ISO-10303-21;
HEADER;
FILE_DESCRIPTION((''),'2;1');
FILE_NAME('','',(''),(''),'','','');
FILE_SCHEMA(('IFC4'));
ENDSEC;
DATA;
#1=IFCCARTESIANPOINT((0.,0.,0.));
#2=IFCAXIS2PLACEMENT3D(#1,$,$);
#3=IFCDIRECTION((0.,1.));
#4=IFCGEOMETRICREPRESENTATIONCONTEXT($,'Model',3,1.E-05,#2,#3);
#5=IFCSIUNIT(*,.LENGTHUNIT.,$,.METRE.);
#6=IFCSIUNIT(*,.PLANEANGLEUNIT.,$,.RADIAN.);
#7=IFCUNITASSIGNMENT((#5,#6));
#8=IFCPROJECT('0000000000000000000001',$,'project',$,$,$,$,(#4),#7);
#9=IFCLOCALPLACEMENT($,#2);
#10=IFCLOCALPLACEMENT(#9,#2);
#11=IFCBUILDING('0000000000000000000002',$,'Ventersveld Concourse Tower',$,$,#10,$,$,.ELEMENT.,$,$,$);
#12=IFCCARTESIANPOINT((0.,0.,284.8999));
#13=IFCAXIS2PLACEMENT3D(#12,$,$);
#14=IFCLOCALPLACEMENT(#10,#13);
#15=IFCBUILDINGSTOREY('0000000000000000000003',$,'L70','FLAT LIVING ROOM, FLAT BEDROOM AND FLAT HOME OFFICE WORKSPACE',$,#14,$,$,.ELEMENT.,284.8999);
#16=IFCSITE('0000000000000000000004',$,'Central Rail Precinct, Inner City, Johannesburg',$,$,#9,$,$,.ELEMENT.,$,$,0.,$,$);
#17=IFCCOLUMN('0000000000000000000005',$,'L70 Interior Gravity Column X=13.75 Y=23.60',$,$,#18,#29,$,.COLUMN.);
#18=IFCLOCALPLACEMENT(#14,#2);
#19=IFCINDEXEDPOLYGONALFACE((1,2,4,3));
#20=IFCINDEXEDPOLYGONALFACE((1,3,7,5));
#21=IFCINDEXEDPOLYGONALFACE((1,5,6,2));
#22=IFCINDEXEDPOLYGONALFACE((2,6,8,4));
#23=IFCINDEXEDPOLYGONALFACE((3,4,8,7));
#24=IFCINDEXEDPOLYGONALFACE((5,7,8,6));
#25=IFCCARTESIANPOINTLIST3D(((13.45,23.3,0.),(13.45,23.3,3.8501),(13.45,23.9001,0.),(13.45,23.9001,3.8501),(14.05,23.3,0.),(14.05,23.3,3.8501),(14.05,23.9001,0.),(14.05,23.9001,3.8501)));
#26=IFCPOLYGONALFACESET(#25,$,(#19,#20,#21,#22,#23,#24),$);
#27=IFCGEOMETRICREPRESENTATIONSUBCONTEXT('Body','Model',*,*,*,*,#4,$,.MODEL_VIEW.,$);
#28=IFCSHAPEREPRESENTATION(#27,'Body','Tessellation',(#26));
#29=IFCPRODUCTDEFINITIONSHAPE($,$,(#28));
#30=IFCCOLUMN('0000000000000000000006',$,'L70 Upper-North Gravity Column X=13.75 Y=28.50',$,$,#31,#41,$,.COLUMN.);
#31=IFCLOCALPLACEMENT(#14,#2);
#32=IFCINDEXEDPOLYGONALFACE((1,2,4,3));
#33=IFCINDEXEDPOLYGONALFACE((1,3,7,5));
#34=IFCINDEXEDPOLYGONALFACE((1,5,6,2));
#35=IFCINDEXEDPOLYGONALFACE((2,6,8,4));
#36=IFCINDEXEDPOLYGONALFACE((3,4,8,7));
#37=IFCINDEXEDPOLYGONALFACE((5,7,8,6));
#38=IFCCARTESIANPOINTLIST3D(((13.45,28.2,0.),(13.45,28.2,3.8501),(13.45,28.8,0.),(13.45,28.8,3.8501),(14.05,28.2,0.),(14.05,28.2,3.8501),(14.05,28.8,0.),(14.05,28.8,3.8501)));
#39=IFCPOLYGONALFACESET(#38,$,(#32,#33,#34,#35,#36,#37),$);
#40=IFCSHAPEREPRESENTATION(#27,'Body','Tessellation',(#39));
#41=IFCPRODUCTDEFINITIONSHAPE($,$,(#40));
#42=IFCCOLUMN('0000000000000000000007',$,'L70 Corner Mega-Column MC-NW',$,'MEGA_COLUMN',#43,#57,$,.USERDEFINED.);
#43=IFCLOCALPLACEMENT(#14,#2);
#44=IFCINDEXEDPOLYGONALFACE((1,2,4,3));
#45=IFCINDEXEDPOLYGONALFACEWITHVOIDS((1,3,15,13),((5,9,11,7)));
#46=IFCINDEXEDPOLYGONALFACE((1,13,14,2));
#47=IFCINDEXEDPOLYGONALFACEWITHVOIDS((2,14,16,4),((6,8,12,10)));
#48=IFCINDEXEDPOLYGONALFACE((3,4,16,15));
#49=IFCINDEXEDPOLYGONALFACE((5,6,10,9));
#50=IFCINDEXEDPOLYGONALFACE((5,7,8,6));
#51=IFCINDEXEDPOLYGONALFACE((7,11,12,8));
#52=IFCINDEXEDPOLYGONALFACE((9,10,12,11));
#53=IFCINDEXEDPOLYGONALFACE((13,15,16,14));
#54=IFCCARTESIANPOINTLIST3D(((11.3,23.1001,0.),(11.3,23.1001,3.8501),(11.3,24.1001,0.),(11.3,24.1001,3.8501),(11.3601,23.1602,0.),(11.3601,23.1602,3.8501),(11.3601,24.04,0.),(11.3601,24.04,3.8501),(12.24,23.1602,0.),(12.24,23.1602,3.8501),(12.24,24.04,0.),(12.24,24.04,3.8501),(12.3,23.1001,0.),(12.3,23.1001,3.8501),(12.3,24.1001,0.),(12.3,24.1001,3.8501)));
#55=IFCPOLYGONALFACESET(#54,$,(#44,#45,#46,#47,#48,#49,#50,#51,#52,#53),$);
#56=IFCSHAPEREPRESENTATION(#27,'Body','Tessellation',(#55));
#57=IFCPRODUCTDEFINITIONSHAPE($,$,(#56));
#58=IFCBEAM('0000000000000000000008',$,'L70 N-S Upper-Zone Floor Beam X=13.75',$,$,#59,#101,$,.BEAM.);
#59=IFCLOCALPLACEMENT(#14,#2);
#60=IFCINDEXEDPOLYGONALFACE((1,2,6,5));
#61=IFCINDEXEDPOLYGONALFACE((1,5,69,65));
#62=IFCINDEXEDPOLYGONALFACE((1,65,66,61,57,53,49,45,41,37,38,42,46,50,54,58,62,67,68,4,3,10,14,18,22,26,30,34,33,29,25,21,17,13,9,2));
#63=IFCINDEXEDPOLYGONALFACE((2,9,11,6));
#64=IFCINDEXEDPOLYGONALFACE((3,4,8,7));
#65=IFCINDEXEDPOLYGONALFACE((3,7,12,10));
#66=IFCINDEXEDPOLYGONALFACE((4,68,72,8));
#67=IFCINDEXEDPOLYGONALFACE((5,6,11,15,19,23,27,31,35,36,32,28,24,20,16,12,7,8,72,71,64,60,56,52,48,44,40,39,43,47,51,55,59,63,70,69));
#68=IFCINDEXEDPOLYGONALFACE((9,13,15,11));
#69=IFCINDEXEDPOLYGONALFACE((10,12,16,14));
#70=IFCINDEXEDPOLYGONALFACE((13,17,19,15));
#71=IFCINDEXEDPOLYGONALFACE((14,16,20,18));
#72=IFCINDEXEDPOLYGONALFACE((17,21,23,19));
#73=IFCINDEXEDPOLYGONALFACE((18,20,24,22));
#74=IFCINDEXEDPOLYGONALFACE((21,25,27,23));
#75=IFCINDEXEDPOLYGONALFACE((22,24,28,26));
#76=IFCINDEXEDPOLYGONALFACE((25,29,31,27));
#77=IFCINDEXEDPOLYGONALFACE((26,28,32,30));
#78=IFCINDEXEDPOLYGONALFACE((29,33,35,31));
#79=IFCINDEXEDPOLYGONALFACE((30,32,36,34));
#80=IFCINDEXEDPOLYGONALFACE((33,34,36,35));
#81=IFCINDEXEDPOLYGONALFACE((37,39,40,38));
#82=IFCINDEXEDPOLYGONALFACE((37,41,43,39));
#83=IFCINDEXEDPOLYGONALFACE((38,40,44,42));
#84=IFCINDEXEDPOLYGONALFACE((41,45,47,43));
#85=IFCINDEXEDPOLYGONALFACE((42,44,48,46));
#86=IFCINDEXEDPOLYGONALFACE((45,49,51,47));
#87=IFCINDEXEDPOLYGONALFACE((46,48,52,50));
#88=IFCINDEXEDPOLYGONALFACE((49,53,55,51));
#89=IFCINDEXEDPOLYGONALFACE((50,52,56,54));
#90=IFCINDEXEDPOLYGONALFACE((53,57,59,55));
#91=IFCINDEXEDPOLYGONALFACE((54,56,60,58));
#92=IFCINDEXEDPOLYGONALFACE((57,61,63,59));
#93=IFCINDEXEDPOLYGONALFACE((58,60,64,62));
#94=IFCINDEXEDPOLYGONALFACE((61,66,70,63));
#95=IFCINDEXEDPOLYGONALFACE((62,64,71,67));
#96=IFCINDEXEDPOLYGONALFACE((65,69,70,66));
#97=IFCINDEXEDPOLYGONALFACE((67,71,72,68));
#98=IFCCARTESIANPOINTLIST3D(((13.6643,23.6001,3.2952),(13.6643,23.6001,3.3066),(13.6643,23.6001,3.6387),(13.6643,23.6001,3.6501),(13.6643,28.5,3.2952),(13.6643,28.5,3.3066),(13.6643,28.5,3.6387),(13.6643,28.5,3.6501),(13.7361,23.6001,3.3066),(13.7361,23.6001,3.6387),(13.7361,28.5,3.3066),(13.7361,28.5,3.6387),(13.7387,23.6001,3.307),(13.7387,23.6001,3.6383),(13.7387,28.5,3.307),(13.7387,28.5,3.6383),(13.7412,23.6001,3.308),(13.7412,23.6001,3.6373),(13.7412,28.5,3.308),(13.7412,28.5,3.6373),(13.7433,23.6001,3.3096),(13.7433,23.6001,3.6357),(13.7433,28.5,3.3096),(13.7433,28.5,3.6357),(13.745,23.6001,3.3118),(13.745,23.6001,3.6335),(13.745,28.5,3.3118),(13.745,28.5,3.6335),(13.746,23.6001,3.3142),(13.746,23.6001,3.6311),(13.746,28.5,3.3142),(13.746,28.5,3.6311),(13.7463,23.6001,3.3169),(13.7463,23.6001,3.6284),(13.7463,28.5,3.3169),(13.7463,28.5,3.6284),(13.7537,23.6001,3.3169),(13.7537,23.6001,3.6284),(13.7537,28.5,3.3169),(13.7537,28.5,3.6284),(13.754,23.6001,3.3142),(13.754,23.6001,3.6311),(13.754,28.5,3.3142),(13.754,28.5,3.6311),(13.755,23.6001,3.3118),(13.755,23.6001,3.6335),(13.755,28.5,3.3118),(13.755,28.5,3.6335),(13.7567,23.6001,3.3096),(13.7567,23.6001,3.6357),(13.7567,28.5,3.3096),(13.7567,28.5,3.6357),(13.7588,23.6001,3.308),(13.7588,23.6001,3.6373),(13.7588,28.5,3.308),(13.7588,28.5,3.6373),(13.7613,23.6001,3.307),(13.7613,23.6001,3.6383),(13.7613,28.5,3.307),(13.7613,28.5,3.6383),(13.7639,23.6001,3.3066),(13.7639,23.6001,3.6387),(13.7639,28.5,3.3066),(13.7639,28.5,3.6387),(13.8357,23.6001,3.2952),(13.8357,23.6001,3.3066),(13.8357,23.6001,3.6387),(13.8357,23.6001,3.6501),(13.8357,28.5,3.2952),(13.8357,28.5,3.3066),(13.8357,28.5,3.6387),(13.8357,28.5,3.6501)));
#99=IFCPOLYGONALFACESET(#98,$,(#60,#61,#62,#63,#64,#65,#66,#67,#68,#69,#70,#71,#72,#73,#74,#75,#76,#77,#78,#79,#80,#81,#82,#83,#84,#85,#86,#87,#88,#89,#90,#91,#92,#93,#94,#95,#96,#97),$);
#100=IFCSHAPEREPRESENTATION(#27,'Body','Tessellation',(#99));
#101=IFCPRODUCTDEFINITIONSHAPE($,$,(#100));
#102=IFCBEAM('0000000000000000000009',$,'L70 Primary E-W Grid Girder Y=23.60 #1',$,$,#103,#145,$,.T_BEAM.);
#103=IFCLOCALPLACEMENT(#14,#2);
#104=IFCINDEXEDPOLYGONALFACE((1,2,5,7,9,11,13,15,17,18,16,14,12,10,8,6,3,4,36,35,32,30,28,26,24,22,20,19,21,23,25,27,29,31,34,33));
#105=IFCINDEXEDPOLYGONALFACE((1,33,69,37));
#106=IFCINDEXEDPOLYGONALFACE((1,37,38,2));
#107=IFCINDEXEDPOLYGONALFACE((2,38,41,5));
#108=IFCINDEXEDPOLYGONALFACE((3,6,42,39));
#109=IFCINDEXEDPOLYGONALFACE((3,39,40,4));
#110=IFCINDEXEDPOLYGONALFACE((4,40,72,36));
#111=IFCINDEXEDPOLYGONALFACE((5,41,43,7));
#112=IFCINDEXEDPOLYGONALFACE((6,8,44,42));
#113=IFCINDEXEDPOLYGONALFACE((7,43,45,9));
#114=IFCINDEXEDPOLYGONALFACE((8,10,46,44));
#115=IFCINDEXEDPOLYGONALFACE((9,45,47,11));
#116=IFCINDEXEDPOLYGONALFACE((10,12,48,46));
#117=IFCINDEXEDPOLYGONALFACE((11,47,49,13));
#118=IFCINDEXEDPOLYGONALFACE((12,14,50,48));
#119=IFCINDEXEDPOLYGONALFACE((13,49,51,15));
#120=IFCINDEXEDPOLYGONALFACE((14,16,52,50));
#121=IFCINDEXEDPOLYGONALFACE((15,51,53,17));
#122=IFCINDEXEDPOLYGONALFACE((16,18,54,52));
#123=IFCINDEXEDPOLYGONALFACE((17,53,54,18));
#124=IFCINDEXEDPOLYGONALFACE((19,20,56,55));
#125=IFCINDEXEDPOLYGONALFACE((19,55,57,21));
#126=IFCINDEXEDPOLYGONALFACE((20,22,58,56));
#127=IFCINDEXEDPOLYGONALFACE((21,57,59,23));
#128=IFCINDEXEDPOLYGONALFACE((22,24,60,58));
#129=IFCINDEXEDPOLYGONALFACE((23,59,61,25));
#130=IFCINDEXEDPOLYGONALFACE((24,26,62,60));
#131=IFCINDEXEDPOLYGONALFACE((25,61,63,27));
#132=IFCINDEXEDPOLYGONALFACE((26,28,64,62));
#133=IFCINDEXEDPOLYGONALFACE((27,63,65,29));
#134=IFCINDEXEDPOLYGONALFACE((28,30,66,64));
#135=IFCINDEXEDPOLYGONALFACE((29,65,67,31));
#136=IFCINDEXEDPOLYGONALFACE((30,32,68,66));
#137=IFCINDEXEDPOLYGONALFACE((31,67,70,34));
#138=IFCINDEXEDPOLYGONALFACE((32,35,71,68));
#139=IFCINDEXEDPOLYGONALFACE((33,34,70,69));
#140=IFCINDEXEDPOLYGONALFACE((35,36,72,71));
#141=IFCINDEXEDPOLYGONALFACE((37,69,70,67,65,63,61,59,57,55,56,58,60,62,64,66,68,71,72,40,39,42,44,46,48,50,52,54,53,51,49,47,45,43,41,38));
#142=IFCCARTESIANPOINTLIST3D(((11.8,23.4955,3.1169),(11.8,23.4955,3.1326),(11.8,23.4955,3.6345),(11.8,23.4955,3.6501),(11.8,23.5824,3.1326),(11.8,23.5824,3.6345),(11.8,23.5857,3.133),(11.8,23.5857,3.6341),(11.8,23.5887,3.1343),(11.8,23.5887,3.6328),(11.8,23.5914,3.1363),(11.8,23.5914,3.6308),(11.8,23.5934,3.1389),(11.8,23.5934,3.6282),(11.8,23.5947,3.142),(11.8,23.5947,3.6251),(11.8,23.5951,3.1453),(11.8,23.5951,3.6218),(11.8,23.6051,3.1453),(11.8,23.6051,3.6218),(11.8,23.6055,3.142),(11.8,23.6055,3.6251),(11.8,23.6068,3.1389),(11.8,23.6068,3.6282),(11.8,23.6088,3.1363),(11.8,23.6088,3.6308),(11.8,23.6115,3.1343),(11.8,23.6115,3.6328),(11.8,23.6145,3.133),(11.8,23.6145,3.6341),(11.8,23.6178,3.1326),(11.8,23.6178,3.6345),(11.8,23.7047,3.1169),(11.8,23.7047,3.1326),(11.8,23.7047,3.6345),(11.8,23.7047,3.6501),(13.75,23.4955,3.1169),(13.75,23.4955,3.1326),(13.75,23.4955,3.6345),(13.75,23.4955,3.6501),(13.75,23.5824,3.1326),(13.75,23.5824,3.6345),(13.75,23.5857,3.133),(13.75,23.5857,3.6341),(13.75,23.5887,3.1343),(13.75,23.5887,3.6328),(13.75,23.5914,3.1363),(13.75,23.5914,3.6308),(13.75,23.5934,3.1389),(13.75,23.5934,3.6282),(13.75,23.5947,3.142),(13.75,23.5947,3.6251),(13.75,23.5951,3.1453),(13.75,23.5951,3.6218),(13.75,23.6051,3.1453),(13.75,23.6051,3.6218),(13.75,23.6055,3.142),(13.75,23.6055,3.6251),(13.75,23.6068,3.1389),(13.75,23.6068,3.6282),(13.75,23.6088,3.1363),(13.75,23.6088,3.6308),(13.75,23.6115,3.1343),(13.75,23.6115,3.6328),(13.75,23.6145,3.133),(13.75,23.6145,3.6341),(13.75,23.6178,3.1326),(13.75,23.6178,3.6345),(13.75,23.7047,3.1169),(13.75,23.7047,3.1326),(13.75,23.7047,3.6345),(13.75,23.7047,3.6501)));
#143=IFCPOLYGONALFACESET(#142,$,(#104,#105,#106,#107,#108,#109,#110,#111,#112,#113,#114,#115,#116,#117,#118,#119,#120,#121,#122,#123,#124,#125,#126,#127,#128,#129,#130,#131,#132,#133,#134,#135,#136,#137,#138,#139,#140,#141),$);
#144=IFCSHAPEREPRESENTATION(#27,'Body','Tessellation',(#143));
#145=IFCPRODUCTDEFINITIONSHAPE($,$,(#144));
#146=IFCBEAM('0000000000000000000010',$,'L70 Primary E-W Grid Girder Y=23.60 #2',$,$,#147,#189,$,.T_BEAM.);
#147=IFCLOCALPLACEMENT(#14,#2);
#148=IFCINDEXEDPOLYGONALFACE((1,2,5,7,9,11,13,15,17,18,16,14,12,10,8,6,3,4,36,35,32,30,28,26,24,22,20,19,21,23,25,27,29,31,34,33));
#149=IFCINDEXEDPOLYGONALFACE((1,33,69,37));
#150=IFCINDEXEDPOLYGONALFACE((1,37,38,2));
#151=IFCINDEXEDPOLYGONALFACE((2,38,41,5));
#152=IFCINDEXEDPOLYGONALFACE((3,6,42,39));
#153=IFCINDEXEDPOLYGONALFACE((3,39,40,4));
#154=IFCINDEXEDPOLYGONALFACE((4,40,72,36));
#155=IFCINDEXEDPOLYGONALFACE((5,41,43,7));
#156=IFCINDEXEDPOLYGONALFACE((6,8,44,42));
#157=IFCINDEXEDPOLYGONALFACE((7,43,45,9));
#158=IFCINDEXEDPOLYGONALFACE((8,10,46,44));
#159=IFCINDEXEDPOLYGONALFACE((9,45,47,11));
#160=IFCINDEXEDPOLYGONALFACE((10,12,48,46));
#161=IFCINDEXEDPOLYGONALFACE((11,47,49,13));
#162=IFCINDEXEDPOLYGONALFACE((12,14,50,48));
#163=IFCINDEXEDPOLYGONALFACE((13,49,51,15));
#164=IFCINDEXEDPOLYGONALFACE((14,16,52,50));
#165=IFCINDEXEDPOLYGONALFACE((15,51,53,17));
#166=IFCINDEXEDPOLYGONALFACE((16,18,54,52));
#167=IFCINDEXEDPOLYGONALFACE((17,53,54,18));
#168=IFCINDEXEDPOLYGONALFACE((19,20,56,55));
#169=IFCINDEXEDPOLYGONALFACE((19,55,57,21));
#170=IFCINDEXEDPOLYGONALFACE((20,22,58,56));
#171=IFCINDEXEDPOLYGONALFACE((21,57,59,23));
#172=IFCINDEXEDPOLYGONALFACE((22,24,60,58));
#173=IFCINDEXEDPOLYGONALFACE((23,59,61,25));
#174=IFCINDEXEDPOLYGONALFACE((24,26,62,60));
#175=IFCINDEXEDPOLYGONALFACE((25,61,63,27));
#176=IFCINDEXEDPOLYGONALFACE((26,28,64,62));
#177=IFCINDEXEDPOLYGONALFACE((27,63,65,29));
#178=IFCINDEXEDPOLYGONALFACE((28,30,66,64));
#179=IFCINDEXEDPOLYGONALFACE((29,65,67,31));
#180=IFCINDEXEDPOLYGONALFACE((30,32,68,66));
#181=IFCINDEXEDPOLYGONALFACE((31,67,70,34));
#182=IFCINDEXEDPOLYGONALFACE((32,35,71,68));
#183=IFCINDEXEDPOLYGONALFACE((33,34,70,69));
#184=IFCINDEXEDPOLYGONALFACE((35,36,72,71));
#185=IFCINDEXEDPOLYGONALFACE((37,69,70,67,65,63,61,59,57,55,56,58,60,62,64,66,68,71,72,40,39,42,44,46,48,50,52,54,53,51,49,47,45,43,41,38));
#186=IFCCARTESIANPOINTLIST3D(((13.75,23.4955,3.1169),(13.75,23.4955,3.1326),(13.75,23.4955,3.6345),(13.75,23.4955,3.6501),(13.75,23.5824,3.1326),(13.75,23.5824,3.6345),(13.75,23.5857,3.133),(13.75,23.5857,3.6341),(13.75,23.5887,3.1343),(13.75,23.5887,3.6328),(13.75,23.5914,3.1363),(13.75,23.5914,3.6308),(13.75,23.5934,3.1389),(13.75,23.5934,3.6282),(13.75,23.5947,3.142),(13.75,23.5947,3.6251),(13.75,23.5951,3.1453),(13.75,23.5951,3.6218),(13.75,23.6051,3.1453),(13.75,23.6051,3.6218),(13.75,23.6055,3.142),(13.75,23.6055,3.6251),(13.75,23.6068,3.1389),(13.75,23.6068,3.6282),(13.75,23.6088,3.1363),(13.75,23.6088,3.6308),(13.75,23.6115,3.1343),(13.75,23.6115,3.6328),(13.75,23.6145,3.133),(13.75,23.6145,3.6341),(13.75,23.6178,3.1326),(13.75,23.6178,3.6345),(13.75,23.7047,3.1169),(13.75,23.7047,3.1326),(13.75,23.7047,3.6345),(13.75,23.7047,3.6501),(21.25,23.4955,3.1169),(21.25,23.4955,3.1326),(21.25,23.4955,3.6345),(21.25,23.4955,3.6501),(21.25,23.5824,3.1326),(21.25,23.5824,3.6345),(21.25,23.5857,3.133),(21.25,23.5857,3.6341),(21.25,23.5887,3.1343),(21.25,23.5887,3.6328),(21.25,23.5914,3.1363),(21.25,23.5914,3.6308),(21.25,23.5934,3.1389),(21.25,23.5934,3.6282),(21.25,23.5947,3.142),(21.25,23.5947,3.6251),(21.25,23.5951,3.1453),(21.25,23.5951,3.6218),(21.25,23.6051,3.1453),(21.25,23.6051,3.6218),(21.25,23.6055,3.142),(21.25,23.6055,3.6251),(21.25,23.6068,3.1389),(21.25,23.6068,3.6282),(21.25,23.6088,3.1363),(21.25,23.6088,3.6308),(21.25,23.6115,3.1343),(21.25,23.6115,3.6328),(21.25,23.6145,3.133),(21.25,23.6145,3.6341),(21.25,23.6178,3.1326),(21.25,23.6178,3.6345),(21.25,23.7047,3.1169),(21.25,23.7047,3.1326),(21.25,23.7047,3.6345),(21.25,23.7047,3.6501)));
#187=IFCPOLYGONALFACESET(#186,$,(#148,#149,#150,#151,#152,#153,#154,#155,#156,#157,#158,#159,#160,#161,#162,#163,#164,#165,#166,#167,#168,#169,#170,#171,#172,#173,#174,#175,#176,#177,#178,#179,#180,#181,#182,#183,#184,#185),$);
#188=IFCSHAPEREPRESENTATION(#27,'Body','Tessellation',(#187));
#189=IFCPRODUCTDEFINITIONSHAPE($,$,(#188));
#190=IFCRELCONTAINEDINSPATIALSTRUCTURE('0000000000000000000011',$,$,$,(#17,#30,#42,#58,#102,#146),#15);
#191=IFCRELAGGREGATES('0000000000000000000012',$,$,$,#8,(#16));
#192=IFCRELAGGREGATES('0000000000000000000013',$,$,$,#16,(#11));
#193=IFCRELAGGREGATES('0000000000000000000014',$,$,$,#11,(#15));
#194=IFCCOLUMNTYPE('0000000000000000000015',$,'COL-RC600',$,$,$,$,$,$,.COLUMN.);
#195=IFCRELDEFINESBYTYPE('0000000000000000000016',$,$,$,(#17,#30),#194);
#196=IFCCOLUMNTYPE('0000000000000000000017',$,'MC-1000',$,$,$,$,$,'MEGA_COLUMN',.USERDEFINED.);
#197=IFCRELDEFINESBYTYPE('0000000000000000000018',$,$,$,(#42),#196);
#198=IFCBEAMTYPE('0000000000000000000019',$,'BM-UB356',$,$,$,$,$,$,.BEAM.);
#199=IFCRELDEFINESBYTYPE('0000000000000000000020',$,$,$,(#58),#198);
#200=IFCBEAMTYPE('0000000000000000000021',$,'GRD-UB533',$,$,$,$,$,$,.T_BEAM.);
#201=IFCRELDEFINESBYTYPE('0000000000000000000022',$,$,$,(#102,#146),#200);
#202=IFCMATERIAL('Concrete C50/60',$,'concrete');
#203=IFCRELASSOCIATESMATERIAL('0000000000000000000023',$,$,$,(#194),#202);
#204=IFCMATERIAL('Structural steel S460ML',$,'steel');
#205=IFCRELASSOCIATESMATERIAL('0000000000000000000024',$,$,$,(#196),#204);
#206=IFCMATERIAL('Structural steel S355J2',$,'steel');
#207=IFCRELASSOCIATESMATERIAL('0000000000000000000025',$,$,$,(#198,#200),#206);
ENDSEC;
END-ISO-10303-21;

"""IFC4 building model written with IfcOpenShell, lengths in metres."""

from ifc_helpers import new_model, si_unit, direction, frame, origin, origin_2d, place, context, subcontext, project, spatial, rectangle, hollow_rectangle, i_section, extrude, material, material_profile, profile_set, type_object, element, save


model = new_model("IFC4")

# Units and contexts
model_context = context("Model", 3, precision=1e-05, world=origin(), true_north=direction((0.0, 1.0)))
body_context = subcontext(model_context, "Body", "Model", "MODEL_VIEW")
ifc_project = project(units=[si_unit("LENGTHUNIT", "METRE"), si_unit("PLANEANGLEUNIT", "RADIAN")], contexts=[model_context])

# Site, building, storey
site_placement = place(None, origin())
site = spatial("IfcSite", under=ifc_project, at=site_placement, Name="Central Rail Precinct, Inner City, Johannesburg", CompositionType="ELEMENT", RefElevation=0.0)
building_placement = place(site_placement, origin())
building = spatial("IfcBuilding", under=site, at=building_placement, Name="Ventersveld Concourse Tower", CompositionType="ELEMENT")
storey_placement = place(building_placement, frame((0.0, 0.0, 284.8999)))
storey = spatial("IfcBuildingStorey", under=building, at=storey_placement, Name="L70", Description="FLAT LIVING ROOM, FLAT BEDROOM AND FLAT HOME OFFICE WORKSPACE", CompositionType="ELEMENT", Elevation=284.8999)

# Columns
ifc_material_1 = material(Name="Concrete C50/60", Category="concrete")
ifc_material_profile_1 = material_profile(ifc_material_1, rectangle(XDim=0.6001, YDim=0.6001, at=origin_2d()), Name="RC 600x600")
ifc_profile_set_1 = profile_set([ifc_material_profile_1], Name="Concrete C50/60")
column_type_1 = type_object("IfcColumnType", Name="COL-RC600", PredefinedType="COLUMN", material=ifc_profile_set_1)
for number, where, z_axis, x_axis, name in (
    (1, (13.75, 23.6001, 0.0), (0.0, 0.0, 1.0), (1.0, 0.0, 0.0), "L70 Interior Gravity Column X=13.75 Y=23.60"),
    (2, (13.75, 28.5, 0.0), (0.0, 0.0, 1.0), (1.0, 0.0, 0.0), "L70 Upper-North Gravity Column X=13.75 Y=28.50"),
):
    element("IfcColumn", number, at=place(storey_placement, frame(where, z_axis=z_axis, x_axis=x_axis)), inside=storey, type_object=column_type_1, Name=name, PredefinedType="COLUMN", context=body_context, shape_type="SweptSolid", body=[
        extrude(rectangle(XDim=0.6001, YDim=0.6001, at=origin_2d()), origin(), (0.0, 0.0, 1.0), 3.8501),
    ])
ifc_material_2 = material(Name="Structural steel S460ML", Category="steel")
ifc_material_profile_2 = material_profile(ifc_material_2, hollow_rectangle(XDim=1.0, YDim=1.0, WallThickness=0.0601, at=origin_2d()), Name="BOX 1000x1000x60")
ifc_profile_set_2 = profile_set([ifc_material_profile_2], Name="Structural steel S460ML")
column_type_2 = type_object("IfcColumnType", Name="MC-1000", ElementType="MEGA_COLUMN", PredefinedType="USERDEFINED", material=ifc_profile_set_2)
column_placement = place(storey_placement, frame((11.8, 23.6001, 0.0), z_axis=(0.0, 0.0, 1.0), x_axis=(1.0, 0.0, 0.0)))
element("IfcColumn", 3, at=column_placement, inside=storey, type_object=column_type_2, Name="L70 Corner Mega-Column MC-NW", ObjectType="MEGA_COLUMN", PredefinedType="USERDEFINED", context=body_context, shape_type="SweptSolid", body=[
    extrude(hollow_rectangle(XDim=1.0, YDim=1.0, WallThickness=0.0601, at=origin_2d()), origin(), (0.0, 0.0, 1.0), 3.8501),
])

# Beams
ifc_material_3 = material(Name="Structural steel S355J2", Category="steel")
ifc_material_profile_3 = material_profile(ifc_material_3, i_section(OverallWidth=0.1714, OverallDepth=0.355, WebThickness=0.0073, FlangeThickness=0.0115, FilletRadius=0.0103, at=origin_2d()), Name="UB 356x171x51")
ifc_profile_set_3 = profile_set([ifc_material_profile_3], Name="Structural steel S355J2")
beam_type_1 = type_object("IfcBeamType", Name="BM-UB356", PredefinedType="BEAM", material=ifc_profile_set_3)
beam_1_placement = place(storey_placement, frame((13.75, 23.6001, 3.4727), z_axis=(0.0, 1.0, 0.0), x_axis=(-1.0, 0.0, 0.0)))
element("IfcBeam", 4, at=beam_1_placement, inside=storey, type_object=beam_type_1, Name="L70 N-S Upper-Zone Floor Beam X=13.75", PredefinedType="BEAM", context=body_context, shape_type="SweptSolid", body=[
    extrude(i_section(OverallWidth=0.1714, OverallDepth=0.355, WebThickness=0.0073, FlangeThickness=0.0115, FilletRadius=0.0103, at=origin_2d()), origin(), (0.0, 0.0, 1.0), 4.8999),
])
ifc_material_profile_4 = material_profile(ifc_material_3, i_section(OverallWidth=0.2092, OverallDepth=0.5332, WebThickness=0.01, FlangeThickness=0.0156, FilletRadius=0.0127, at=origin_2d()), Name="UB 533x210x92")
ifc_profile_set_4 = profile_set([ifc_material_profile_4], Name="Structural steel S355J2")
beam_type_2 = type_object("IfcBeamType", Name="GRD-UB533", PredefinedType="T_BEAM", material=ifc_profile_set_4)
beam_2_placement = place(storey_placement, frame((11.8, 23.6001, 3.3835), z_axis=(1.0, 0.0, 0.0), x_axis=(0.0, 1.0, 0.0)))
element("IfcBeam", 5, at=beam_2_placement, inside=storey, type_object=beam_type_2, Name="L70 Primary E-W Grid Girder Y=23.60 #1", PredefinedType="T_BEAM", context=body_context, shape_type="SweptSolid", body=[
    extrude(i_section(OverallWidth=0.2092, OverallDepth=0.5332, WebThickness=0.01, FlangeThickness=0.0156, FilletRadius=0.0127, at=origin_2d()), origin(), (0.0, 0.0, 1.0), 1.95),
])
beam_3_placement = place(storey_placement, frame((13.75, 23.6001, 3.3835), z_axis=(1.0, 0.0, 0.0), x_axis=(0.0, 1.0, 0.0)))
element("IfcBeam", 6, at=beam_3_placement, inside=storey, type_object=beam_type_2, Name="L70 Primary E-W Grid Girder Y=23.60 #2", PredefinedType="T_BEAM", context=body_context, shape_type="SweptSolid", body=[
    extrude(i_section(OverallWidth=0.2092, OverallDepth=0.5332, WebThickness=0.01, FlangeThickness=0.0156, FilletRadius=0.0127, at=origin_2d()), origin(), (0.0, 0.0, 1.0), 7.5),
])

save(model, "model.ifc")
